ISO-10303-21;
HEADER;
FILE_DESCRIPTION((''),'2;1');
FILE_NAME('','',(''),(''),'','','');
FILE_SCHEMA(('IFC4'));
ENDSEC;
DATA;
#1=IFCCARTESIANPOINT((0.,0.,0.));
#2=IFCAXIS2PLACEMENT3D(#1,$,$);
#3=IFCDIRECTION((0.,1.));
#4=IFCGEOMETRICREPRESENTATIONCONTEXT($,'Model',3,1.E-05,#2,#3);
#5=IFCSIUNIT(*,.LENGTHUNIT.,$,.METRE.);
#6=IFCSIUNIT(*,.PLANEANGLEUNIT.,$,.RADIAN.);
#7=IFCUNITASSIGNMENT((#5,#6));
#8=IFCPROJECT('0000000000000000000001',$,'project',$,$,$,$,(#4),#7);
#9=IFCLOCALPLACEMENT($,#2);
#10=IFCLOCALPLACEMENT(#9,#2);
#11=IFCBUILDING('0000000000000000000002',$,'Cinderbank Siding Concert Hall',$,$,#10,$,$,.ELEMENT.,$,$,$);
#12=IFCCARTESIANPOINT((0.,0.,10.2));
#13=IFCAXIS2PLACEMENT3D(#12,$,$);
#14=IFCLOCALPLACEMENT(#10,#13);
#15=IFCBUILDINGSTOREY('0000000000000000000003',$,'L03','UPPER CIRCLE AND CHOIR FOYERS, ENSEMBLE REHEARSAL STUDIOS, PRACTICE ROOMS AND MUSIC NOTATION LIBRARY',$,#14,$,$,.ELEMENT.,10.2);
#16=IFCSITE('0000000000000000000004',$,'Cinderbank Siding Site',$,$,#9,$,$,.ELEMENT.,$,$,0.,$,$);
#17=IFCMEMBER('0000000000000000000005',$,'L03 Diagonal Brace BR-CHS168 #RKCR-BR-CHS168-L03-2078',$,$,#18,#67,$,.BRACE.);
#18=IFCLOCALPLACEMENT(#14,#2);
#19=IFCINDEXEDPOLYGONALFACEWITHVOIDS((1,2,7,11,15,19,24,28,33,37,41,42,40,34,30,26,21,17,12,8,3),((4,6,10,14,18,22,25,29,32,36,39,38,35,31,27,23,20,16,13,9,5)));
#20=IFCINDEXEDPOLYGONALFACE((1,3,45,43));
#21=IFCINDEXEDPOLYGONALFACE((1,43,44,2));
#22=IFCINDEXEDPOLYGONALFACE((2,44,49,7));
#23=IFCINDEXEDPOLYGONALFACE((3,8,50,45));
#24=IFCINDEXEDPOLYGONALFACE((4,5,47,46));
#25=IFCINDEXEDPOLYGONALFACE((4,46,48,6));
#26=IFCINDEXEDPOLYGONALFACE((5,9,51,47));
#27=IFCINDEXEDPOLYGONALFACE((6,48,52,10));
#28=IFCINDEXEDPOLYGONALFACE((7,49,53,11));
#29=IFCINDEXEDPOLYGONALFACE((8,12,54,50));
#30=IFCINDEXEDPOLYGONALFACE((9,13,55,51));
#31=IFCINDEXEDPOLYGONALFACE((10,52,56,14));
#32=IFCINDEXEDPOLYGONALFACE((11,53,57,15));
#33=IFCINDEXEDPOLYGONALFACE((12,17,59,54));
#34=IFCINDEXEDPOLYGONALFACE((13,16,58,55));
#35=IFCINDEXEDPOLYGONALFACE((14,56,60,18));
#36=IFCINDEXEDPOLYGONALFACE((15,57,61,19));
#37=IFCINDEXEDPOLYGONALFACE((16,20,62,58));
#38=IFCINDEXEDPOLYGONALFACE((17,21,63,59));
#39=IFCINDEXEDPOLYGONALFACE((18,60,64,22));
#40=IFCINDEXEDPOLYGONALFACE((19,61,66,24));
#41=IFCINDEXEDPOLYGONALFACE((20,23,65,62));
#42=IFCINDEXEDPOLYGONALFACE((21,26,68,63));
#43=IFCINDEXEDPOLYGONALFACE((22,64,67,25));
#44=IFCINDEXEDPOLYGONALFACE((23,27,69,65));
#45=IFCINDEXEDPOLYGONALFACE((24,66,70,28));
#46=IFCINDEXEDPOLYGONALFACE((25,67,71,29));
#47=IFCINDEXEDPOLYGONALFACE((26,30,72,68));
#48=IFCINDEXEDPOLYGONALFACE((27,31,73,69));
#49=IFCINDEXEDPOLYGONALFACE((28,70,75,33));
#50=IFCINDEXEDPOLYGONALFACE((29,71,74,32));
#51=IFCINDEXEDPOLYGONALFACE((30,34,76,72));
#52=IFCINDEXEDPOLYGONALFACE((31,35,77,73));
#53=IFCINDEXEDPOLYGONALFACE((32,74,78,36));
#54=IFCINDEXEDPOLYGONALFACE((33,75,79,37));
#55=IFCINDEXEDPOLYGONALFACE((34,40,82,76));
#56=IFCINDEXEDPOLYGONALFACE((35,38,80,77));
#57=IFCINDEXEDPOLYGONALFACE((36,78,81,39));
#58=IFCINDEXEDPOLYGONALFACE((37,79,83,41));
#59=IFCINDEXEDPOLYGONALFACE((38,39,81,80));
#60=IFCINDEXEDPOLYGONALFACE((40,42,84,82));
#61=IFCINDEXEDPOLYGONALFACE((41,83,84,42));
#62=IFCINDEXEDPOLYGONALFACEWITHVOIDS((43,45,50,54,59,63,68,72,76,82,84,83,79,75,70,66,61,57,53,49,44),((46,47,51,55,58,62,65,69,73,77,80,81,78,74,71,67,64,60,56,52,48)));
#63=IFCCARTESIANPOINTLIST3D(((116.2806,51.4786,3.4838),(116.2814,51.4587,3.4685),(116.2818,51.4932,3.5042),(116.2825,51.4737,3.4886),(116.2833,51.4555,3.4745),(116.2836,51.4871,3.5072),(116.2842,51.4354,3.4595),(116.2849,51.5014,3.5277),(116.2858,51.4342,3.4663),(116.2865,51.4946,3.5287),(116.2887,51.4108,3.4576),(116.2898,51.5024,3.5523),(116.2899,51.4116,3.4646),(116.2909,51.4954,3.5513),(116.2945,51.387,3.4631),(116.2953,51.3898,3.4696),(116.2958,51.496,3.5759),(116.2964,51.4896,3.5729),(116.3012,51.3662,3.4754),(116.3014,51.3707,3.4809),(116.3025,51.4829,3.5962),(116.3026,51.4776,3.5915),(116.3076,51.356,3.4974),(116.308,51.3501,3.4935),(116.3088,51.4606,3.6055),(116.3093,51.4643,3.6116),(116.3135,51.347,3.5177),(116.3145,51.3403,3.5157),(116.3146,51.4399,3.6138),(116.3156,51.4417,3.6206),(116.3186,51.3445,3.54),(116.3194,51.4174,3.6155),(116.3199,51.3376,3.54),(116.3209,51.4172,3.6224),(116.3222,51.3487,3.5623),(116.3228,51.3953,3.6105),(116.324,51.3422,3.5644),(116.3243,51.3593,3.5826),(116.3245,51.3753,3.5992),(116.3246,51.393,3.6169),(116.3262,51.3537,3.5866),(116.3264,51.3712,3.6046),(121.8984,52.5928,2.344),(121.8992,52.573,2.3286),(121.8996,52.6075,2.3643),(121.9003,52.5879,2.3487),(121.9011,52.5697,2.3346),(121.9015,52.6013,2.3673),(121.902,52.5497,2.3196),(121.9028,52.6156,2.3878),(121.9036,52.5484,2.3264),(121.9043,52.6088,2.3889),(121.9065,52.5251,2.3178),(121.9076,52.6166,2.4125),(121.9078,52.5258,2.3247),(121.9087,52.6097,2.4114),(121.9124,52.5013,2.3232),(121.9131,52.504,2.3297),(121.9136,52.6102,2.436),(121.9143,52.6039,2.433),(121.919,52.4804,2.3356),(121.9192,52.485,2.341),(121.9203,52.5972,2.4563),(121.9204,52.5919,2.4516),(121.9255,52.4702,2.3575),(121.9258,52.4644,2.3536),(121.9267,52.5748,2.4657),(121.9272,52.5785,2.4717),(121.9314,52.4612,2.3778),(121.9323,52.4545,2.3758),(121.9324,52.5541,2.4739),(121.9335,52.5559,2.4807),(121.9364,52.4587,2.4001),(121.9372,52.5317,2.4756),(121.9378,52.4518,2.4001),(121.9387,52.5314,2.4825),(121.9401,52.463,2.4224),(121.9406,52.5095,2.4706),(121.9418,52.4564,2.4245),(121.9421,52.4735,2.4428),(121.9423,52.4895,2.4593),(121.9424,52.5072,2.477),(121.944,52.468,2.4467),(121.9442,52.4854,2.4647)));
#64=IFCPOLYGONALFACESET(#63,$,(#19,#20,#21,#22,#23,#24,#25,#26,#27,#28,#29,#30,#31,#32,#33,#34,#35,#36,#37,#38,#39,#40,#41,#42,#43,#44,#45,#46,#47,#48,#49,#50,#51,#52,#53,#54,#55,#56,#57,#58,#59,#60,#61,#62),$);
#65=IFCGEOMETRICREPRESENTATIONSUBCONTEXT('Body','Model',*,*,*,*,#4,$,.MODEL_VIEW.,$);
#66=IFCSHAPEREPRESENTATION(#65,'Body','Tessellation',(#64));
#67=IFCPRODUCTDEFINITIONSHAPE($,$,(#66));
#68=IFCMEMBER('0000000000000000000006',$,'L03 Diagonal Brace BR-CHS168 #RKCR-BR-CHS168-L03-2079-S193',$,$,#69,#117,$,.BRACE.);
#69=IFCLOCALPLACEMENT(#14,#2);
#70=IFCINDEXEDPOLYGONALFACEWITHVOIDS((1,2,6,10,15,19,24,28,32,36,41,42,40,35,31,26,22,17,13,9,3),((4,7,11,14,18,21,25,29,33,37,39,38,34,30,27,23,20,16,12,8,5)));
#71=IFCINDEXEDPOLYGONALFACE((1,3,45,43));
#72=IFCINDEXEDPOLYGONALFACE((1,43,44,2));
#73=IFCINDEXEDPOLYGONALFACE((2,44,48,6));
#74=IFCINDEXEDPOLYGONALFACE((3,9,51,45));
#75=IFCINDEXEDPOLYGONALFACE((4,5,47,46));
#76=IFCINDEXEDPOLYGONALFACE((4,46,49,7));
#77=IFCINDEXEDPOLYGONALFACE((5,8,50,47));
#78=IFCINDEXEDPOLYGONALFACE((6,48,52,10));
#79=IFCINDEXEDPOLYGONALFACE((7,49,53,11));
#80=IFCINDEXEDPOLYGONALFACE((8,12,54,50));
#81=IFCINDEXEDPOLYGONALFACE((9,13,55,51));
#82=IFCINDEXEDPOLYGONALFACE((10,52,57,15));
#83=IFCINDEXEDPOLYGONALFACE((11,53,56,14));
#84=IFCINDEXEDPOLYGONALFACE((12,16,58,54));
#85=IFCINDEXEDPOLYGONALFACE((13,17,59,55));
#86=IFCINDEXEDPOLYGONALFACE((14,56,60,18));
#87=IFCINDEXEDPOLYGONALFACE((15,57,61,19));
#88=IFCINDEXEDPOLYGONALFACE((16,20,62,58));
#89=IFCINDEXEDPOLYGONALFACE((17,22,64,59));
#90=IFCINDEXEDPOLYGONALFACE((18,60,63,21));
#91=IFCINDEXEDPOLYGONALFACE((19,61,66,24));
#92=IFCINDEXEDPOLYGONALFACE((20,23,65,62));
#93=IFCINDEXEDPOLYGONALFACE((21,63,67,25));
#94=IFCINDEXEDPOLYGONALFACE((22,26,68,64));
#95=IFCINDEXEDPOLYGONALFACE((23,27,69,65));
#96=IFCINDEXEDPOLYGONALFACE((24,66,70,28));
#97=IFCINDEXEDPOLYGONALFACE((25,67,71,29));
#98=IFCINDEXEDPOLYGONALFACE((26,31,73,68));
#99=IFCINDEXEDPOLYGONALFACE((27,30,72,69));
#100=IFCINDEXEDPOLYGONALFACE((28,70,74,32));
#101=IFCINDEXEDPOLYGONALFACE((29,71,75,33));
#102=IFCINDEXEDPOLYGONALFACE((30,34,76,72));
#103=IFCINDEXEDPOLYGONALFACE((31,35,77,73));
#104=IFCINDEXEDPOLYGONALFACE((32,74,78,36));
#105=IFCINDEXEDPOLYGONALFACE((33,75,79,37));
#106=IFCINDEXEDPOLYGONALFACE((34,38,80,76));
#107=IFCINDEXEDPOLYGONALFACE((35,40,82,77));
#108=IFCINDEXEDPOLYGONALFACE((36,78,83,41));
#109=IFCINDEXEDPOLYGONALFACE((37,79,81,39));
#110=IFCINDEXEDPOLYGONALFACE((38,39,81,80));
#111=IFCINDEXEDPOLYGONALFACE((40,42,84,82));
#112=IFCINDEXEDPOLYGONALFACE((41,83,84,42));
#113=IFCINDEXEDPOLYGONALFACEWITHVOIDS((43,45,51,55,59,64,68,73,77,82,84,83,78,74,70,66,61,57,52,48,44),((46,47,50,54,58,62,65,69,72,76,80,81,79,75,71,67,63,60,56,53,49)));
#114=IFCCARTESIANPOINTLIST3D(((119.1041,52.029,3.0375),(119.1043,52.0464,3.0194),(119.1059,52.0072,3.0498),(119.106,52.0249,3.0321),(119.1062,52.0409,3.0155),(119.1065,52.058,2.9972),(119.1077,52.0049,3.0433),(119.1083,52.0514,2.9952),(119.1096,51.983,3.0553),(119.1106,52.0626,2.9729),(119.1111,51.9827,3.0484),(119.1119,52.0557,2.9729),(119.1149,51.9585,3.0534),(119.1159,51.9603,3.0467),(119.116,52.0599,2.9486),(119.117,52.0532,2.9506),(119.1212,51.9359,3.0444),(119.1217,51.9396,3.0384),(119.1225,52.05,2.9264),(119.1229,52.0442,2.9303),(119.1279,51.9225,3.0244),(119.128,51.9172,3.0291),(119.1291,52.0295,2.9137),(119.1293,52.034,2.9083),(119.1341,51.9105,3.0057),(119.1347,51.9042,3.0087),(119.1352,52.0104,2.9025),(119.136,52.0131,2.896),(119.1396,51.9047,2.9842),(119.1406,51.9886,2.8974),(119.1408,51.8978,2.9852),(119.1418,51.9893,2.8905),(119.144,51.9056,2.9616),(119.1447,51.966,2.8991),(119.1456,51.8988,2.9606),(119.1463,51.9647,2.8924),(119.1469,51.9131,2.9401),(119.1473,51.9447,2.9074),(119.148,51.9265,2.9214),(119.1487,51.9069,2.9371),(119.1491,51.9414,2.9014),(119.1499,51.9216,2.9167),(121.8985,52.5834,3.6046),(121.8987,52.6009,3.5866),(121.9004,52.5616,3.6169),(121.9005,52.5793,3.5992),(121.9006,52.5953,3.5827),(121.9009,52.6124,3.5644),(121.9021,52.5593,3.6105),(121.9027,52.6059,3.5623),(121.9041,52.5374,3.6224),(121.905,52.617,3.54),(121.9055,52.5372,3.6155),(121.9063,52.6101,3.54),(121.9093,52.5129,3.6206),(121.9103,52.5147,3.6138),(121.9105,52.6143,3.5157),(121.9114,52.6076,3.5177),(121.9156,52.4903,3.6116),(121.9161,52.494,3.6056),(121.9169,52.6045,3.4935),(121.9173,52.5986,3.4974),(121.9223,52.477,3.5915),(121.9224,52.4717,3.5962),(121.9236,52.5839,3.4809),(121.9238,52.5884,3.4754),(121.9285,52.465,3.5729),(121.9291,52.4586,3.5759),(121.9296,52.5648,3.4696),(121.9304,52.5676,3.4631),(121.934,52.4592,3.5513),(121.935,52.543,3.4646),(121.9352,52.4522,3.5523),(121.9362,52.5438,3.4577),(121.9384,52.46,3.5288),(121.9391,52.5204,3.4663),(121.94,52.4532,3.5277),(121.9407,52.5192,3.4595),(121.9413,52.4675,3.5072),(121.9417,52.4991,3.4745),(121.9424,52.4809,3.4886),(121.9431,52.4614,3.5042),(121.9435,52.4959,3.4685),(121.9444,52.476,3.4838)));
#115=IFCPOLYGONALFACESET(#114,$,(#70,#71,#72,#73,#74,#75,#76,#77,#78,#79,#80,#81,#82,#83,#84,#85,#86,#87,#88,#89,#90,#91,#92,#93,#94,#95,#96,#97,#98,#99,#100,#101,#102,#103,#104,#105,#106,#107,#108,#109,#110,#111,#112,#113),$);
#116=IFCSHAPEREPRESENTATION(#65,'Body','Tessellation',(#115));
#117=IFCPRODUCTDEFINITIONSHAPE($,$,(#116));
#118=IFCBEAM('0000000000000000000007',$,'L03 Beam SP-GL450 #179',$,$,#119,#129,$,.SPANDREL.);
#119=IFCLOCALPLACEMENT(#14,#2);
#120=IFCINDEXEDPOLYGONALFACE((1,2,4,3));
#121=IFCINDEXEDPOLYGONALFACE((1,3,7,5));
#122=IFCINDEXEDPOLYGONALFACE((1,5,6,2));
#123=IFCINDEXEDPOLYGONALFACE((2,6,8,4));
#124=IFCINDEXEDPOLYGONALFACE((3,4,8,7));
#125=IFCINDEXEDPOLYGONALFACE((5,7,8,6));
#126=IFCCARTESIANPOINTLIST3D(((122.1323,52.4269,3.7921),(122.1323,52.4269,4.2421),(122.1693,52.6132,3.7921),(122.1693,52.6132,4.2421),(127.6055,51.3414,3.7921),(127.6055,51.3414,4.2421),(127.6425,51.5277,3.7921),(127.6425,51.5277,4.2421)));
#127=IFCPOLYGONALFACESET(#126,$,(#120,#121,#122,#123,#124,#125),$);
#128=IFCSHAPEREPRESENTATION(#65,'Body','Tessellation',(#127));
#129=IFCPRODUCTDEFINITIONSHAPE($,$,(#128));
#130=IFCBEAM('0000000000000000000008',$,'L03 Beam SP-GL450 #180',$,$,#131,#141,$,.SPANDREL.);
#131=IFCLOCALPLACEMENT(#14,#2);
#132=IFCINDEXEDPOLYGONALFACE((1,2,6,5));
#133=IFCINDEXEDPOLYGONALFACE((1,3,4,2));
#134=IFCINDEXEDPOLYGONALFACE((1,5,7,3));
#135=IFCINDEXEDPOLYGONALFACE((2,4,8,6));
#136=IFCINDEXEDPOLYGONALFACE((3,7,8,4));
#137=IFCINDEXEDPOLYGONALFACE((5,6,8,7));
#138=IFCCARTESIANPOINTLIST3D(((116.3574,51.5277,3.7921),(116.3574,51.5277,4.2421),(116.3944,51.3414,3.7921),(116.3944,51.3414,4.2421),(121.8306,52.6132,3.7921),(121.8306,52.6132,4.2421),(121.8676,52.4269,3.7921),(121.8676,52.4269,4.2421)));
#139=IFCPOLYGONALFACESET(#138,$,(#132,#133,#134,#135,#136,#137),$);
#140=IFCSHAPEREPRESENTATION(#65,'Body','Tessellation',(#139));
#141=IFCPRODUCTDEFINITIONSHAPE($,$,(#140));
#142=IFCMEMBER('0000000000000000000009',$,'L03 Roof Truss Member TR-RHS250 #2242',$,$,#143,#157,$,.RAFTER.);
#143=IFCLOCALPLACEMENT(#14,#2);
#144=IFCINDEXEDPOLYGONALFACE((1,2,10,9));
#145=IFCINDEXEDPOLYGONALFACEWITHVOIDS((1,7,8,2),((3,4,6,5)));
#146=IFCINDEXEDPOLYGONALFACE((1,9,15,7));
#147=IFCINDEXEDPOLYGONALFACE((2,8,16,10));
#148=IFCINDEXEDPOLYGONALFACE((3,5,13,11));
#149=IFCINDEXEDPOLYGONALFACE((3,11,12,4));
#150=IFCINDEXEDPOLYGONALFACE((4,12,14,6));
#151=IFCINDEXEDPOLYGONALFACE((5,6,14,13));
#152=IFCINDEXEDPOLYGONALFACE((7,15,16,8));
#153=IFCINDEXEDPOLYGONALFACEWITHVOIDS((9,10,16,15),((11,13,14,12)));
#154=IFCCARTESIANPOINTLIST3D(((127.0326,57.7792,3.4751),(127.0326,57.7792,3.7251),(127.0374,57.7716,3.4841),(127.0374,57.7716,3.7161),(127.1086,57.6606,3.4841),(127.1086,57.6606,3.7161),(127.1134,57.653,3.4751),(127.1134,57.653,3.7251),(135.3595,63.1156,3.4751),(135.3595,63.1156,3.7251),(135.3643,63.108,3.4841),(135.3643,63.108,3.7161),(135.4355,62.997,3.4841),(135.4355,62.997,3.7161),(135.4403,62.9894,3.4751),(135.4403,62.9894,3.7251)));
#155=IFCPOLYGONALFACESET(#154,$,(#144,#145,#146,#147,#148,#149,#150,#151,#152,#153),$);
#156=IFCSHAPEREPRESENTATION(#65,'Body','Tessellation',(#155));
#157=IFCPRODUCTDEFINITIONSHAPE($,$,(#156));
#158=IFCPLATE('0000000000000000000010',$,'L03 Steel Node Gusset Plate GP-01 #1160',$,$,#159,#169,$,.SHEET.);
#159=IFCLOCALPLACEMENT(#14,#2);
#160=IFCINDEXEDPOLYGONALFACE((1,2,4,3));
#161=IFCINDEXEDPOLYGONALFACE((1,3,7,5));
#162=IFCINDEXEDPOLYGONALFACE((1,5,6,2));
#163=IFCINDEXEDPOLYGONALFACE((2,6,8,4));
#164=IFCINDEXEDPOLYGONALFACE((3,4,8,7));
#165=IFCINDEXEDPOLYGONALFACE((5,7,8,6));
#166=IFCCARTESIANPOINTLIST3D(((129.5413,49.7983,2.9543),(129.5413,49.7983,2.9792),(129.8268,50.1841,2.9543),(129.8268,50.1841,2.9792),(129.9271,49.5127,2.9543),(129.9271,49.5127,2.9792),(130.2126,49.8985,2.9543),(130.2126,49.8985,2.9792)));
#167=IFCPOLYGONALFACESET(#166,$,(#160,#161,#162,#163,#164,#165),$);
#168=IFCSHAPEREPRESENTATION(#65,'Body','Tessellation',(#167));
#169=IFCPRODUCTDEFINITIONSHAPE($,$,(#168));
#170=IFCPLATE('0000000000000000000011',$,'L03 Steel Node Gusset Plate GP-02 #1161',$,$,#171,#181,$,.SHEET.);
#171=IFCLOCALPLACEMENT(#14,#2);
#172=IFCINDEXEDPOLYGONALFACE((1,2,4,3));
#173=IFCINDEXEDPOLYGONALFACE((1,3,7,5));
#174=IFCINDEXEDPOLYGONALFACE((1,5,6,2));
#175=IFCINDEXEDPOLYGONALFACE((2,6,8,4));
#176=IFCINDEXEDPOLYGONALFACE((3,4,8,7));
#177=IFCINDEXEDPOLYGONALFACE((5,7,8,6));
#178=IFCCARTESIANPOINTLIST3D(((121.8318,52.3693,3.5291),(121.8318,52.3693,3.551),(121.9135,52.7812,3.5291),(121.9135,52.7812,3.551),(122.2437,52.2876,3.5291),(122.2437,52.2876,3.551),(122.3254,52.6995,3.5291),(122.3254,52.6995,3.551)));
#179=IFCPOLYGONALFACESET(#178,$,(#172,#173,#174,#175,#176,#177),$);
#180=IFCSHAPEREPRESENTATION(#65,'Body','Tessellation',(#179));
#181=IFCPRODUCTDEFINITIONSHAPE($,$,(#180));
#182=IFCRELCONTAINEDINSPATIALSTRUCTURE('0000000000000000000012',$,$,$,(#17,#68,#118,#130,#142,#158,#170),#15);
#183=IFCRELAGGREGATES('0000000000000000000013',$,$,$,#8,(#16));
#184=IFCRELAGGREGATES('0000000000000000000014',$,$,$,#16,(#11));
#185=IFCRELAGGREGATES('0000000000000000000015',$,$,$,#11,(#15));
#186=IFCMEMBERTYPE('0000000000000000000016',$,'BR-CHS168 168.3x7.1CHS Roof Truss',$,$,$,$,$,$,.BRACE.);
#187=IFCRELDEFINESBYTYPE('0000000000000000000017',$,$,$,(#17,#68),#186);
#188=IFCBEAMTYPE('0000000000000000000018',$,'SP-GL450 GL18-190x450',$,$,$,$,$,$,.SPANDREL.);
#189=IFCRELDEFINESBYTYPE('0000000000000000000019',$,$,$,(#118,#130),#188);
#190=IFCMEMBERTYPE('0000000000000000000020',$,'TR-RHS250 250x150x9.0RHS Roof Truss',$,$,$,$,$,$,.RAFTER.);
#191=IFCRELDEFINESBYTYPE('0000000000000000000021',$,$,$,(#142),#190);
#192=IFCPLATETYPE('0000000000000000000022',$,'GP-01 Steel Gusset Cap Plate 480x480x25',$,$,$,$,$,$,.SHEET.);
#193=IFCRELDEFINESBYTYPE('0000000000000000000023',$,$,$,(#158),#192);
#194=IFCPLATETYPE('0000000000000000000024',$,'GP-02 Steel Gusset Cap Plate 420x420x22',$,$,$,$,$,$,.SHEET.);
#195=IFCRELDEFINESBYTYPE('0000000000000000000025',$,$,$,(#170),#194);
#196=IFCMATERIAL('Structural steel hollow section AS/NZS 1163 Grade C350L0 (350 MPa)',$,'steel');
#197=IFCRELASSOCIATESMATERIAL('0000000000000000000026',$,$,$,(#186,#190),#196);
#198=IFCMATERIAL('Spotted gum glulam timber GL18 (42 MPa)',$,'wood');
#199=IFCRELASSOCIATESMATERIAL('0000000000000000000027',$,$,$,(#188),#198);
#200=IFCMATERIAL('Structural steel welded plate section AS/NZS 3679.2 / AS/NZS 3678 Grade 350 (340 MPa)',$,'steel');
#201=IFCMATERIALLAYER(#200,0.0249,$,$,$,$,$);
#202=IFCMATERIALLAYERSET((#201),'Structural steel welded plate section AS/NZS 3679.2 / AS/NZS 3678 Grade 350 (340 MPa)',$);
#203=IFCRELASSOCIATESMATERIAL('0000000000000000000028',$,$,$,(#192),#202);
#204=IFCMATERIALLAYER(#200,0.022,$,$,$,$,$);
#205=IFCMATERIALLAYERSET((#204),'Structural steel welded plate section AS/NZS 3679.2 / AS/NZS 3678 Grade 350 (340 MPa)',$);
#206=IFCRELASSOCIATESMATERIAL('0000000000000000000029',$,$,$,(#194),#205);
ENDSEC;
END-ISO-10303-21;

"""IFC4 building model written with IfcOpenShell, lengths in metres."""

from ifc_helpers import new_model, si_unit, direction, frame, origin, origin_2d, place, context, subcontext, project, spatial, rectangle, hollow_rectangle, hollow_circle, extrude, material, layer, layer_set, material_profile, profile_set, type_object, element, save


model = new_model("IFC4")

# Units and contexts
model_context = context("Model", 3, precision=1e-05, world=origin(), true_north=direction((0.0, 1.0)))
body_context = subcontext(model_context, "Body", "Model", "MODEL_VIEW")
ifc_project = project(units=[si_unit("LENGTHUNIT", "METRE"), si_unit("PLANEANGLEUNIT", "RADIAN")], contexts=[model_context])

# Site, building, storey
site_placement = place(None, origin())
site = spatial("IfcSite", under=ifc_project, at=site_placement, Name="Cinderbank Siding Site", CompositionType="ELEMENT", RefElevation=0.0)
building_placement = place(site_placement, origin())
building = spatial("IfcBuilding", under=site, at=building_placement, Name="Cinderbank Siding Concert Hall", CompositionType="ELEMENT")
storey_placement = place(building_placement, frame((0.0, 0.0, 10.2)))
storey = spatial("IfcBuildingStorey", under=building, at=storey_placement, Name="L03", Description="UPPER CIRCLE AND CHOIR FOYERS, ENSEMBLE REHEARSAL STUDIOS, PRACTICE ROOMS AND MUSIC NOTATION LIBRARY", CompositionType="ELEMENT", Elevation=10.2)

# Shared definitions
ifc_material_1 = material(Name="Structural steel hollow section AS/NZS 1163 Grade C350L0 (350 MPa)", Category="steel")

# Members
ifc_material_profile_1 = material_profile(ifc_material_1, hollow_circle(Radius=0.0842, WallThickness=0.0071, at=origin_2d()), Name="168.3x7.1CHS", Category="LoadBearing")
ifc_profile_set_1 = profile_set([ifc_material_profile_1], Name="Structural steel hollow section AS/NZS 1163 Grade C350L0 (350 MPa)")
member_type_1 = type_object("IfcMemberType", Name="BR-CHS168 168.3x7.1CHS Roof Truss", PredefinedType="BRACE", material=ifc_profile_set_1)
member_1_placement = place(storey_placement, frame((121.9214, 52.5344, 2.4001), z_axis=(-0.962024, -0.190808, 0.195198), x_axis=(0.19455, -0.980893, 0.0)))
element("IfcMember", 1, at=member_1_placement, inside=storey, type_object=member_type_1, Name="L03 Diagonal Brace BR-CHS168 #RKCR-BR-CHS168-L03-2078", PredefinedType="BRACE", context=body_context, shape_type="SweptSolid", body=[
    extrude(hollow_circle(Radius=0.0842, WallThickness=0.0071, at=origin_2d()), origin(), (0.0, 0.0, 1.0), 5.8396),
])
member_2_placement = place(storey_placement, frame((119.127, 51.98, 2.9729), z_axis=(0.962003, 0.190871, 0.195241), x_axis=(-0.194616, 0.980879, 0.0)))
element("IfcMember", 2, at=member_2_placement, inside=storey, type_object=member_type_1, Name="L03 Diagonal Brace BR-CHS168 #RKCR-BR-CHS168-L03-2079-S193", PredefinedType="BRACE", context=body_context, shape_type="SweptSolid", body=[
    extrude(hollow_circle(Radius=0.0842, WallThickness=0.0071, at=origin_2d()), origin(), (0.0, 0.0, 1.0), 2.9048),
])

# Beams
ifc_material_2 = material(Name="Spotted gum glulam timber GL18 (42 MPa)", Category="wood")
ifc_material_profile_2 = material_profile(ifc_material_2, rectangle(XDim=0.1899, YDim=0.45, at=origin_2d()), Name="GL18-190x450", Category="LoadBearing")
ifc_profile_set_2 = profile_set([ifc_material_profile_2], Name="Spotted gum glulam timber GL18 (42 MPa)")
beam_type = type_object("IfcBeamType", Name="SP-GL450 GL18-190x450", PredefinedType="SPANDREL", material=ifc_profile_set_2)
for number, where, z_axis, x_axis, name in (
    (3, (127.624, 51.4346, 4.0171), (-0.980896, 0.194534, 0.0), (-0.194534, -0.980896, 0.0), "L03 Beam SP-GL450 #179"),
    (4, (121.8491, 52.52, 4.0171), (-0.980896, -0.194534, 0.0), (0.194534, -0.980896, 0.0), "L03 Beam SP-GL450 #180"),
):
    element("IfcBeam", number, at=place(storey_placement, frame(where, z_axis=z_axis, x_axis=x_axis)), inside=storey, type_object=beam_type, Name=name, PredefinedType="SPANDREL", context=body_context, shape_type="SweptSolid", body=[
        extrude(rectangle(XDim=0.1899, YDim=0.45, at=origin_2d()), origin(), (0.0, 0.0, 1.0), 5.5798),
    ])

# Member
ifc_material_profile_3 = material_profile(ifc_material_1, hollow_rectangle(XDim=0.1499, YDim=0.25, WallThickness=0.009, at=origin_2d()), Name="250x150x9.0RHS", Category="LoadBearing")
ifc_profile_set_3 = profile_set([ifc_material_profile_3], Name="Structural steel hollow section AS/NZS 1163 Grade C350L0 (350 MPa)")
member_type_2 = type_object("IfcMemberType", Name="TR-RHS250 250x150x9.0RHS Roof Truss", PredefinedType="RAFTER", material=ifc_profile_set_3)
member_3_placement = place(storey_placement, frame((127.073, 57.7161, 3.6001), z_axis=(0.84194, 0.539571, 0.0), x_axis=(-0.539571, 0.84194, 0.0)))
element("IfcMember", 5, at=member_3_placement, inside=storey, type_object=member_type_2, Name="L03 Roof Truss Member TR-RHS250 #2242", PredefinedType="RAFTER", context=body_context, shape_type="SweptSolid", body=[
    extrude(hollow_rectangle(XDim=0.1499, YDim=0.25, WallThickness=0.009, at=origin_2d()), origin(), (0.0, 0.0, 1.0), 9.8901),
])

# Plates
ifc_material_3 = material(Name="Structural steel welded plate section AS/NZS 3679.2 / AS/NZS 3678 Grade 350 (340 MPa)", Category="steel")
ifc_layer_1 = layer(ifc_material_3, 0.0249)
ifc_layer_set_1 = layer_set([ifc_layer_1], Name="Structural steel welded plate section AS/NZS 3679.2 / AS/NZS 3678 Grade 350 (340 MPa)")
plate_type_1 = type_object("IfcPlateType", Name="GP-01 Steel Gusset Cap Plate 480x480x25", PredefinedType="SHEET", material=ifc_layer_set_1)
plate_1_placement = place(storey_placement, frame((129.877, 49.8484, 2.9543), z_axis=(0.0, 0.0, 1.0), x_axis=(0.803753, -0.594963, 0.0)))
element("IfcPlate", 6, at=plate_1_placement, inside=storey, type_object=plate_type_1, Name="L03 Steel Node Gusset Plate GP-01 #1160", PredefinedType="SHEET", context=body_context, shape_type="SweptSolid", body=[
    extrude(rectangle(XDim=0.48, YDim=0.48, at=origin_2d()), origin(), (0.0, 0.0, 1.0), 0.0249),
])
ifc_layer_2 = layer(ifc_material_3, 0.022)
ifc_layer_set_2 = layer_set([ifc_layer_2], Name="Structural steel welded plate section AS/NZS 3679.2 / AS/NZS 3678 Grade 350 (340 MPa)")
plate_type_2 = type_object("IfcPlateType", Name="GP-02 Steel Gusset Cap Plate 420x420x22", PredefinedType="SHEET", material=ifc_layer_set_2)
plate_2_placement = place(storey_placement, frame((122.0786, 52.5344, 3.5291), z_axis=(0.0, 0.0, 1.0), x_axis=(-0.980887, 0.194577, 0.0)))
element("IfcPlate", 7, at=plate_2_placement, inside=storey, type_object=plate_type_2, Name="L03 Steel Node Gusset Plate GP-02 #1161", PredefinedType="SHEET", context=body_context, shape_type="SweptSolid", body=[
    extrude(rectangle(XDim=0.4199, YDim=0.4199, at=origin_2d()), origin(), (0.0, 0.0, 1.0), 0.022),
])

save(model, "model.ifc")
